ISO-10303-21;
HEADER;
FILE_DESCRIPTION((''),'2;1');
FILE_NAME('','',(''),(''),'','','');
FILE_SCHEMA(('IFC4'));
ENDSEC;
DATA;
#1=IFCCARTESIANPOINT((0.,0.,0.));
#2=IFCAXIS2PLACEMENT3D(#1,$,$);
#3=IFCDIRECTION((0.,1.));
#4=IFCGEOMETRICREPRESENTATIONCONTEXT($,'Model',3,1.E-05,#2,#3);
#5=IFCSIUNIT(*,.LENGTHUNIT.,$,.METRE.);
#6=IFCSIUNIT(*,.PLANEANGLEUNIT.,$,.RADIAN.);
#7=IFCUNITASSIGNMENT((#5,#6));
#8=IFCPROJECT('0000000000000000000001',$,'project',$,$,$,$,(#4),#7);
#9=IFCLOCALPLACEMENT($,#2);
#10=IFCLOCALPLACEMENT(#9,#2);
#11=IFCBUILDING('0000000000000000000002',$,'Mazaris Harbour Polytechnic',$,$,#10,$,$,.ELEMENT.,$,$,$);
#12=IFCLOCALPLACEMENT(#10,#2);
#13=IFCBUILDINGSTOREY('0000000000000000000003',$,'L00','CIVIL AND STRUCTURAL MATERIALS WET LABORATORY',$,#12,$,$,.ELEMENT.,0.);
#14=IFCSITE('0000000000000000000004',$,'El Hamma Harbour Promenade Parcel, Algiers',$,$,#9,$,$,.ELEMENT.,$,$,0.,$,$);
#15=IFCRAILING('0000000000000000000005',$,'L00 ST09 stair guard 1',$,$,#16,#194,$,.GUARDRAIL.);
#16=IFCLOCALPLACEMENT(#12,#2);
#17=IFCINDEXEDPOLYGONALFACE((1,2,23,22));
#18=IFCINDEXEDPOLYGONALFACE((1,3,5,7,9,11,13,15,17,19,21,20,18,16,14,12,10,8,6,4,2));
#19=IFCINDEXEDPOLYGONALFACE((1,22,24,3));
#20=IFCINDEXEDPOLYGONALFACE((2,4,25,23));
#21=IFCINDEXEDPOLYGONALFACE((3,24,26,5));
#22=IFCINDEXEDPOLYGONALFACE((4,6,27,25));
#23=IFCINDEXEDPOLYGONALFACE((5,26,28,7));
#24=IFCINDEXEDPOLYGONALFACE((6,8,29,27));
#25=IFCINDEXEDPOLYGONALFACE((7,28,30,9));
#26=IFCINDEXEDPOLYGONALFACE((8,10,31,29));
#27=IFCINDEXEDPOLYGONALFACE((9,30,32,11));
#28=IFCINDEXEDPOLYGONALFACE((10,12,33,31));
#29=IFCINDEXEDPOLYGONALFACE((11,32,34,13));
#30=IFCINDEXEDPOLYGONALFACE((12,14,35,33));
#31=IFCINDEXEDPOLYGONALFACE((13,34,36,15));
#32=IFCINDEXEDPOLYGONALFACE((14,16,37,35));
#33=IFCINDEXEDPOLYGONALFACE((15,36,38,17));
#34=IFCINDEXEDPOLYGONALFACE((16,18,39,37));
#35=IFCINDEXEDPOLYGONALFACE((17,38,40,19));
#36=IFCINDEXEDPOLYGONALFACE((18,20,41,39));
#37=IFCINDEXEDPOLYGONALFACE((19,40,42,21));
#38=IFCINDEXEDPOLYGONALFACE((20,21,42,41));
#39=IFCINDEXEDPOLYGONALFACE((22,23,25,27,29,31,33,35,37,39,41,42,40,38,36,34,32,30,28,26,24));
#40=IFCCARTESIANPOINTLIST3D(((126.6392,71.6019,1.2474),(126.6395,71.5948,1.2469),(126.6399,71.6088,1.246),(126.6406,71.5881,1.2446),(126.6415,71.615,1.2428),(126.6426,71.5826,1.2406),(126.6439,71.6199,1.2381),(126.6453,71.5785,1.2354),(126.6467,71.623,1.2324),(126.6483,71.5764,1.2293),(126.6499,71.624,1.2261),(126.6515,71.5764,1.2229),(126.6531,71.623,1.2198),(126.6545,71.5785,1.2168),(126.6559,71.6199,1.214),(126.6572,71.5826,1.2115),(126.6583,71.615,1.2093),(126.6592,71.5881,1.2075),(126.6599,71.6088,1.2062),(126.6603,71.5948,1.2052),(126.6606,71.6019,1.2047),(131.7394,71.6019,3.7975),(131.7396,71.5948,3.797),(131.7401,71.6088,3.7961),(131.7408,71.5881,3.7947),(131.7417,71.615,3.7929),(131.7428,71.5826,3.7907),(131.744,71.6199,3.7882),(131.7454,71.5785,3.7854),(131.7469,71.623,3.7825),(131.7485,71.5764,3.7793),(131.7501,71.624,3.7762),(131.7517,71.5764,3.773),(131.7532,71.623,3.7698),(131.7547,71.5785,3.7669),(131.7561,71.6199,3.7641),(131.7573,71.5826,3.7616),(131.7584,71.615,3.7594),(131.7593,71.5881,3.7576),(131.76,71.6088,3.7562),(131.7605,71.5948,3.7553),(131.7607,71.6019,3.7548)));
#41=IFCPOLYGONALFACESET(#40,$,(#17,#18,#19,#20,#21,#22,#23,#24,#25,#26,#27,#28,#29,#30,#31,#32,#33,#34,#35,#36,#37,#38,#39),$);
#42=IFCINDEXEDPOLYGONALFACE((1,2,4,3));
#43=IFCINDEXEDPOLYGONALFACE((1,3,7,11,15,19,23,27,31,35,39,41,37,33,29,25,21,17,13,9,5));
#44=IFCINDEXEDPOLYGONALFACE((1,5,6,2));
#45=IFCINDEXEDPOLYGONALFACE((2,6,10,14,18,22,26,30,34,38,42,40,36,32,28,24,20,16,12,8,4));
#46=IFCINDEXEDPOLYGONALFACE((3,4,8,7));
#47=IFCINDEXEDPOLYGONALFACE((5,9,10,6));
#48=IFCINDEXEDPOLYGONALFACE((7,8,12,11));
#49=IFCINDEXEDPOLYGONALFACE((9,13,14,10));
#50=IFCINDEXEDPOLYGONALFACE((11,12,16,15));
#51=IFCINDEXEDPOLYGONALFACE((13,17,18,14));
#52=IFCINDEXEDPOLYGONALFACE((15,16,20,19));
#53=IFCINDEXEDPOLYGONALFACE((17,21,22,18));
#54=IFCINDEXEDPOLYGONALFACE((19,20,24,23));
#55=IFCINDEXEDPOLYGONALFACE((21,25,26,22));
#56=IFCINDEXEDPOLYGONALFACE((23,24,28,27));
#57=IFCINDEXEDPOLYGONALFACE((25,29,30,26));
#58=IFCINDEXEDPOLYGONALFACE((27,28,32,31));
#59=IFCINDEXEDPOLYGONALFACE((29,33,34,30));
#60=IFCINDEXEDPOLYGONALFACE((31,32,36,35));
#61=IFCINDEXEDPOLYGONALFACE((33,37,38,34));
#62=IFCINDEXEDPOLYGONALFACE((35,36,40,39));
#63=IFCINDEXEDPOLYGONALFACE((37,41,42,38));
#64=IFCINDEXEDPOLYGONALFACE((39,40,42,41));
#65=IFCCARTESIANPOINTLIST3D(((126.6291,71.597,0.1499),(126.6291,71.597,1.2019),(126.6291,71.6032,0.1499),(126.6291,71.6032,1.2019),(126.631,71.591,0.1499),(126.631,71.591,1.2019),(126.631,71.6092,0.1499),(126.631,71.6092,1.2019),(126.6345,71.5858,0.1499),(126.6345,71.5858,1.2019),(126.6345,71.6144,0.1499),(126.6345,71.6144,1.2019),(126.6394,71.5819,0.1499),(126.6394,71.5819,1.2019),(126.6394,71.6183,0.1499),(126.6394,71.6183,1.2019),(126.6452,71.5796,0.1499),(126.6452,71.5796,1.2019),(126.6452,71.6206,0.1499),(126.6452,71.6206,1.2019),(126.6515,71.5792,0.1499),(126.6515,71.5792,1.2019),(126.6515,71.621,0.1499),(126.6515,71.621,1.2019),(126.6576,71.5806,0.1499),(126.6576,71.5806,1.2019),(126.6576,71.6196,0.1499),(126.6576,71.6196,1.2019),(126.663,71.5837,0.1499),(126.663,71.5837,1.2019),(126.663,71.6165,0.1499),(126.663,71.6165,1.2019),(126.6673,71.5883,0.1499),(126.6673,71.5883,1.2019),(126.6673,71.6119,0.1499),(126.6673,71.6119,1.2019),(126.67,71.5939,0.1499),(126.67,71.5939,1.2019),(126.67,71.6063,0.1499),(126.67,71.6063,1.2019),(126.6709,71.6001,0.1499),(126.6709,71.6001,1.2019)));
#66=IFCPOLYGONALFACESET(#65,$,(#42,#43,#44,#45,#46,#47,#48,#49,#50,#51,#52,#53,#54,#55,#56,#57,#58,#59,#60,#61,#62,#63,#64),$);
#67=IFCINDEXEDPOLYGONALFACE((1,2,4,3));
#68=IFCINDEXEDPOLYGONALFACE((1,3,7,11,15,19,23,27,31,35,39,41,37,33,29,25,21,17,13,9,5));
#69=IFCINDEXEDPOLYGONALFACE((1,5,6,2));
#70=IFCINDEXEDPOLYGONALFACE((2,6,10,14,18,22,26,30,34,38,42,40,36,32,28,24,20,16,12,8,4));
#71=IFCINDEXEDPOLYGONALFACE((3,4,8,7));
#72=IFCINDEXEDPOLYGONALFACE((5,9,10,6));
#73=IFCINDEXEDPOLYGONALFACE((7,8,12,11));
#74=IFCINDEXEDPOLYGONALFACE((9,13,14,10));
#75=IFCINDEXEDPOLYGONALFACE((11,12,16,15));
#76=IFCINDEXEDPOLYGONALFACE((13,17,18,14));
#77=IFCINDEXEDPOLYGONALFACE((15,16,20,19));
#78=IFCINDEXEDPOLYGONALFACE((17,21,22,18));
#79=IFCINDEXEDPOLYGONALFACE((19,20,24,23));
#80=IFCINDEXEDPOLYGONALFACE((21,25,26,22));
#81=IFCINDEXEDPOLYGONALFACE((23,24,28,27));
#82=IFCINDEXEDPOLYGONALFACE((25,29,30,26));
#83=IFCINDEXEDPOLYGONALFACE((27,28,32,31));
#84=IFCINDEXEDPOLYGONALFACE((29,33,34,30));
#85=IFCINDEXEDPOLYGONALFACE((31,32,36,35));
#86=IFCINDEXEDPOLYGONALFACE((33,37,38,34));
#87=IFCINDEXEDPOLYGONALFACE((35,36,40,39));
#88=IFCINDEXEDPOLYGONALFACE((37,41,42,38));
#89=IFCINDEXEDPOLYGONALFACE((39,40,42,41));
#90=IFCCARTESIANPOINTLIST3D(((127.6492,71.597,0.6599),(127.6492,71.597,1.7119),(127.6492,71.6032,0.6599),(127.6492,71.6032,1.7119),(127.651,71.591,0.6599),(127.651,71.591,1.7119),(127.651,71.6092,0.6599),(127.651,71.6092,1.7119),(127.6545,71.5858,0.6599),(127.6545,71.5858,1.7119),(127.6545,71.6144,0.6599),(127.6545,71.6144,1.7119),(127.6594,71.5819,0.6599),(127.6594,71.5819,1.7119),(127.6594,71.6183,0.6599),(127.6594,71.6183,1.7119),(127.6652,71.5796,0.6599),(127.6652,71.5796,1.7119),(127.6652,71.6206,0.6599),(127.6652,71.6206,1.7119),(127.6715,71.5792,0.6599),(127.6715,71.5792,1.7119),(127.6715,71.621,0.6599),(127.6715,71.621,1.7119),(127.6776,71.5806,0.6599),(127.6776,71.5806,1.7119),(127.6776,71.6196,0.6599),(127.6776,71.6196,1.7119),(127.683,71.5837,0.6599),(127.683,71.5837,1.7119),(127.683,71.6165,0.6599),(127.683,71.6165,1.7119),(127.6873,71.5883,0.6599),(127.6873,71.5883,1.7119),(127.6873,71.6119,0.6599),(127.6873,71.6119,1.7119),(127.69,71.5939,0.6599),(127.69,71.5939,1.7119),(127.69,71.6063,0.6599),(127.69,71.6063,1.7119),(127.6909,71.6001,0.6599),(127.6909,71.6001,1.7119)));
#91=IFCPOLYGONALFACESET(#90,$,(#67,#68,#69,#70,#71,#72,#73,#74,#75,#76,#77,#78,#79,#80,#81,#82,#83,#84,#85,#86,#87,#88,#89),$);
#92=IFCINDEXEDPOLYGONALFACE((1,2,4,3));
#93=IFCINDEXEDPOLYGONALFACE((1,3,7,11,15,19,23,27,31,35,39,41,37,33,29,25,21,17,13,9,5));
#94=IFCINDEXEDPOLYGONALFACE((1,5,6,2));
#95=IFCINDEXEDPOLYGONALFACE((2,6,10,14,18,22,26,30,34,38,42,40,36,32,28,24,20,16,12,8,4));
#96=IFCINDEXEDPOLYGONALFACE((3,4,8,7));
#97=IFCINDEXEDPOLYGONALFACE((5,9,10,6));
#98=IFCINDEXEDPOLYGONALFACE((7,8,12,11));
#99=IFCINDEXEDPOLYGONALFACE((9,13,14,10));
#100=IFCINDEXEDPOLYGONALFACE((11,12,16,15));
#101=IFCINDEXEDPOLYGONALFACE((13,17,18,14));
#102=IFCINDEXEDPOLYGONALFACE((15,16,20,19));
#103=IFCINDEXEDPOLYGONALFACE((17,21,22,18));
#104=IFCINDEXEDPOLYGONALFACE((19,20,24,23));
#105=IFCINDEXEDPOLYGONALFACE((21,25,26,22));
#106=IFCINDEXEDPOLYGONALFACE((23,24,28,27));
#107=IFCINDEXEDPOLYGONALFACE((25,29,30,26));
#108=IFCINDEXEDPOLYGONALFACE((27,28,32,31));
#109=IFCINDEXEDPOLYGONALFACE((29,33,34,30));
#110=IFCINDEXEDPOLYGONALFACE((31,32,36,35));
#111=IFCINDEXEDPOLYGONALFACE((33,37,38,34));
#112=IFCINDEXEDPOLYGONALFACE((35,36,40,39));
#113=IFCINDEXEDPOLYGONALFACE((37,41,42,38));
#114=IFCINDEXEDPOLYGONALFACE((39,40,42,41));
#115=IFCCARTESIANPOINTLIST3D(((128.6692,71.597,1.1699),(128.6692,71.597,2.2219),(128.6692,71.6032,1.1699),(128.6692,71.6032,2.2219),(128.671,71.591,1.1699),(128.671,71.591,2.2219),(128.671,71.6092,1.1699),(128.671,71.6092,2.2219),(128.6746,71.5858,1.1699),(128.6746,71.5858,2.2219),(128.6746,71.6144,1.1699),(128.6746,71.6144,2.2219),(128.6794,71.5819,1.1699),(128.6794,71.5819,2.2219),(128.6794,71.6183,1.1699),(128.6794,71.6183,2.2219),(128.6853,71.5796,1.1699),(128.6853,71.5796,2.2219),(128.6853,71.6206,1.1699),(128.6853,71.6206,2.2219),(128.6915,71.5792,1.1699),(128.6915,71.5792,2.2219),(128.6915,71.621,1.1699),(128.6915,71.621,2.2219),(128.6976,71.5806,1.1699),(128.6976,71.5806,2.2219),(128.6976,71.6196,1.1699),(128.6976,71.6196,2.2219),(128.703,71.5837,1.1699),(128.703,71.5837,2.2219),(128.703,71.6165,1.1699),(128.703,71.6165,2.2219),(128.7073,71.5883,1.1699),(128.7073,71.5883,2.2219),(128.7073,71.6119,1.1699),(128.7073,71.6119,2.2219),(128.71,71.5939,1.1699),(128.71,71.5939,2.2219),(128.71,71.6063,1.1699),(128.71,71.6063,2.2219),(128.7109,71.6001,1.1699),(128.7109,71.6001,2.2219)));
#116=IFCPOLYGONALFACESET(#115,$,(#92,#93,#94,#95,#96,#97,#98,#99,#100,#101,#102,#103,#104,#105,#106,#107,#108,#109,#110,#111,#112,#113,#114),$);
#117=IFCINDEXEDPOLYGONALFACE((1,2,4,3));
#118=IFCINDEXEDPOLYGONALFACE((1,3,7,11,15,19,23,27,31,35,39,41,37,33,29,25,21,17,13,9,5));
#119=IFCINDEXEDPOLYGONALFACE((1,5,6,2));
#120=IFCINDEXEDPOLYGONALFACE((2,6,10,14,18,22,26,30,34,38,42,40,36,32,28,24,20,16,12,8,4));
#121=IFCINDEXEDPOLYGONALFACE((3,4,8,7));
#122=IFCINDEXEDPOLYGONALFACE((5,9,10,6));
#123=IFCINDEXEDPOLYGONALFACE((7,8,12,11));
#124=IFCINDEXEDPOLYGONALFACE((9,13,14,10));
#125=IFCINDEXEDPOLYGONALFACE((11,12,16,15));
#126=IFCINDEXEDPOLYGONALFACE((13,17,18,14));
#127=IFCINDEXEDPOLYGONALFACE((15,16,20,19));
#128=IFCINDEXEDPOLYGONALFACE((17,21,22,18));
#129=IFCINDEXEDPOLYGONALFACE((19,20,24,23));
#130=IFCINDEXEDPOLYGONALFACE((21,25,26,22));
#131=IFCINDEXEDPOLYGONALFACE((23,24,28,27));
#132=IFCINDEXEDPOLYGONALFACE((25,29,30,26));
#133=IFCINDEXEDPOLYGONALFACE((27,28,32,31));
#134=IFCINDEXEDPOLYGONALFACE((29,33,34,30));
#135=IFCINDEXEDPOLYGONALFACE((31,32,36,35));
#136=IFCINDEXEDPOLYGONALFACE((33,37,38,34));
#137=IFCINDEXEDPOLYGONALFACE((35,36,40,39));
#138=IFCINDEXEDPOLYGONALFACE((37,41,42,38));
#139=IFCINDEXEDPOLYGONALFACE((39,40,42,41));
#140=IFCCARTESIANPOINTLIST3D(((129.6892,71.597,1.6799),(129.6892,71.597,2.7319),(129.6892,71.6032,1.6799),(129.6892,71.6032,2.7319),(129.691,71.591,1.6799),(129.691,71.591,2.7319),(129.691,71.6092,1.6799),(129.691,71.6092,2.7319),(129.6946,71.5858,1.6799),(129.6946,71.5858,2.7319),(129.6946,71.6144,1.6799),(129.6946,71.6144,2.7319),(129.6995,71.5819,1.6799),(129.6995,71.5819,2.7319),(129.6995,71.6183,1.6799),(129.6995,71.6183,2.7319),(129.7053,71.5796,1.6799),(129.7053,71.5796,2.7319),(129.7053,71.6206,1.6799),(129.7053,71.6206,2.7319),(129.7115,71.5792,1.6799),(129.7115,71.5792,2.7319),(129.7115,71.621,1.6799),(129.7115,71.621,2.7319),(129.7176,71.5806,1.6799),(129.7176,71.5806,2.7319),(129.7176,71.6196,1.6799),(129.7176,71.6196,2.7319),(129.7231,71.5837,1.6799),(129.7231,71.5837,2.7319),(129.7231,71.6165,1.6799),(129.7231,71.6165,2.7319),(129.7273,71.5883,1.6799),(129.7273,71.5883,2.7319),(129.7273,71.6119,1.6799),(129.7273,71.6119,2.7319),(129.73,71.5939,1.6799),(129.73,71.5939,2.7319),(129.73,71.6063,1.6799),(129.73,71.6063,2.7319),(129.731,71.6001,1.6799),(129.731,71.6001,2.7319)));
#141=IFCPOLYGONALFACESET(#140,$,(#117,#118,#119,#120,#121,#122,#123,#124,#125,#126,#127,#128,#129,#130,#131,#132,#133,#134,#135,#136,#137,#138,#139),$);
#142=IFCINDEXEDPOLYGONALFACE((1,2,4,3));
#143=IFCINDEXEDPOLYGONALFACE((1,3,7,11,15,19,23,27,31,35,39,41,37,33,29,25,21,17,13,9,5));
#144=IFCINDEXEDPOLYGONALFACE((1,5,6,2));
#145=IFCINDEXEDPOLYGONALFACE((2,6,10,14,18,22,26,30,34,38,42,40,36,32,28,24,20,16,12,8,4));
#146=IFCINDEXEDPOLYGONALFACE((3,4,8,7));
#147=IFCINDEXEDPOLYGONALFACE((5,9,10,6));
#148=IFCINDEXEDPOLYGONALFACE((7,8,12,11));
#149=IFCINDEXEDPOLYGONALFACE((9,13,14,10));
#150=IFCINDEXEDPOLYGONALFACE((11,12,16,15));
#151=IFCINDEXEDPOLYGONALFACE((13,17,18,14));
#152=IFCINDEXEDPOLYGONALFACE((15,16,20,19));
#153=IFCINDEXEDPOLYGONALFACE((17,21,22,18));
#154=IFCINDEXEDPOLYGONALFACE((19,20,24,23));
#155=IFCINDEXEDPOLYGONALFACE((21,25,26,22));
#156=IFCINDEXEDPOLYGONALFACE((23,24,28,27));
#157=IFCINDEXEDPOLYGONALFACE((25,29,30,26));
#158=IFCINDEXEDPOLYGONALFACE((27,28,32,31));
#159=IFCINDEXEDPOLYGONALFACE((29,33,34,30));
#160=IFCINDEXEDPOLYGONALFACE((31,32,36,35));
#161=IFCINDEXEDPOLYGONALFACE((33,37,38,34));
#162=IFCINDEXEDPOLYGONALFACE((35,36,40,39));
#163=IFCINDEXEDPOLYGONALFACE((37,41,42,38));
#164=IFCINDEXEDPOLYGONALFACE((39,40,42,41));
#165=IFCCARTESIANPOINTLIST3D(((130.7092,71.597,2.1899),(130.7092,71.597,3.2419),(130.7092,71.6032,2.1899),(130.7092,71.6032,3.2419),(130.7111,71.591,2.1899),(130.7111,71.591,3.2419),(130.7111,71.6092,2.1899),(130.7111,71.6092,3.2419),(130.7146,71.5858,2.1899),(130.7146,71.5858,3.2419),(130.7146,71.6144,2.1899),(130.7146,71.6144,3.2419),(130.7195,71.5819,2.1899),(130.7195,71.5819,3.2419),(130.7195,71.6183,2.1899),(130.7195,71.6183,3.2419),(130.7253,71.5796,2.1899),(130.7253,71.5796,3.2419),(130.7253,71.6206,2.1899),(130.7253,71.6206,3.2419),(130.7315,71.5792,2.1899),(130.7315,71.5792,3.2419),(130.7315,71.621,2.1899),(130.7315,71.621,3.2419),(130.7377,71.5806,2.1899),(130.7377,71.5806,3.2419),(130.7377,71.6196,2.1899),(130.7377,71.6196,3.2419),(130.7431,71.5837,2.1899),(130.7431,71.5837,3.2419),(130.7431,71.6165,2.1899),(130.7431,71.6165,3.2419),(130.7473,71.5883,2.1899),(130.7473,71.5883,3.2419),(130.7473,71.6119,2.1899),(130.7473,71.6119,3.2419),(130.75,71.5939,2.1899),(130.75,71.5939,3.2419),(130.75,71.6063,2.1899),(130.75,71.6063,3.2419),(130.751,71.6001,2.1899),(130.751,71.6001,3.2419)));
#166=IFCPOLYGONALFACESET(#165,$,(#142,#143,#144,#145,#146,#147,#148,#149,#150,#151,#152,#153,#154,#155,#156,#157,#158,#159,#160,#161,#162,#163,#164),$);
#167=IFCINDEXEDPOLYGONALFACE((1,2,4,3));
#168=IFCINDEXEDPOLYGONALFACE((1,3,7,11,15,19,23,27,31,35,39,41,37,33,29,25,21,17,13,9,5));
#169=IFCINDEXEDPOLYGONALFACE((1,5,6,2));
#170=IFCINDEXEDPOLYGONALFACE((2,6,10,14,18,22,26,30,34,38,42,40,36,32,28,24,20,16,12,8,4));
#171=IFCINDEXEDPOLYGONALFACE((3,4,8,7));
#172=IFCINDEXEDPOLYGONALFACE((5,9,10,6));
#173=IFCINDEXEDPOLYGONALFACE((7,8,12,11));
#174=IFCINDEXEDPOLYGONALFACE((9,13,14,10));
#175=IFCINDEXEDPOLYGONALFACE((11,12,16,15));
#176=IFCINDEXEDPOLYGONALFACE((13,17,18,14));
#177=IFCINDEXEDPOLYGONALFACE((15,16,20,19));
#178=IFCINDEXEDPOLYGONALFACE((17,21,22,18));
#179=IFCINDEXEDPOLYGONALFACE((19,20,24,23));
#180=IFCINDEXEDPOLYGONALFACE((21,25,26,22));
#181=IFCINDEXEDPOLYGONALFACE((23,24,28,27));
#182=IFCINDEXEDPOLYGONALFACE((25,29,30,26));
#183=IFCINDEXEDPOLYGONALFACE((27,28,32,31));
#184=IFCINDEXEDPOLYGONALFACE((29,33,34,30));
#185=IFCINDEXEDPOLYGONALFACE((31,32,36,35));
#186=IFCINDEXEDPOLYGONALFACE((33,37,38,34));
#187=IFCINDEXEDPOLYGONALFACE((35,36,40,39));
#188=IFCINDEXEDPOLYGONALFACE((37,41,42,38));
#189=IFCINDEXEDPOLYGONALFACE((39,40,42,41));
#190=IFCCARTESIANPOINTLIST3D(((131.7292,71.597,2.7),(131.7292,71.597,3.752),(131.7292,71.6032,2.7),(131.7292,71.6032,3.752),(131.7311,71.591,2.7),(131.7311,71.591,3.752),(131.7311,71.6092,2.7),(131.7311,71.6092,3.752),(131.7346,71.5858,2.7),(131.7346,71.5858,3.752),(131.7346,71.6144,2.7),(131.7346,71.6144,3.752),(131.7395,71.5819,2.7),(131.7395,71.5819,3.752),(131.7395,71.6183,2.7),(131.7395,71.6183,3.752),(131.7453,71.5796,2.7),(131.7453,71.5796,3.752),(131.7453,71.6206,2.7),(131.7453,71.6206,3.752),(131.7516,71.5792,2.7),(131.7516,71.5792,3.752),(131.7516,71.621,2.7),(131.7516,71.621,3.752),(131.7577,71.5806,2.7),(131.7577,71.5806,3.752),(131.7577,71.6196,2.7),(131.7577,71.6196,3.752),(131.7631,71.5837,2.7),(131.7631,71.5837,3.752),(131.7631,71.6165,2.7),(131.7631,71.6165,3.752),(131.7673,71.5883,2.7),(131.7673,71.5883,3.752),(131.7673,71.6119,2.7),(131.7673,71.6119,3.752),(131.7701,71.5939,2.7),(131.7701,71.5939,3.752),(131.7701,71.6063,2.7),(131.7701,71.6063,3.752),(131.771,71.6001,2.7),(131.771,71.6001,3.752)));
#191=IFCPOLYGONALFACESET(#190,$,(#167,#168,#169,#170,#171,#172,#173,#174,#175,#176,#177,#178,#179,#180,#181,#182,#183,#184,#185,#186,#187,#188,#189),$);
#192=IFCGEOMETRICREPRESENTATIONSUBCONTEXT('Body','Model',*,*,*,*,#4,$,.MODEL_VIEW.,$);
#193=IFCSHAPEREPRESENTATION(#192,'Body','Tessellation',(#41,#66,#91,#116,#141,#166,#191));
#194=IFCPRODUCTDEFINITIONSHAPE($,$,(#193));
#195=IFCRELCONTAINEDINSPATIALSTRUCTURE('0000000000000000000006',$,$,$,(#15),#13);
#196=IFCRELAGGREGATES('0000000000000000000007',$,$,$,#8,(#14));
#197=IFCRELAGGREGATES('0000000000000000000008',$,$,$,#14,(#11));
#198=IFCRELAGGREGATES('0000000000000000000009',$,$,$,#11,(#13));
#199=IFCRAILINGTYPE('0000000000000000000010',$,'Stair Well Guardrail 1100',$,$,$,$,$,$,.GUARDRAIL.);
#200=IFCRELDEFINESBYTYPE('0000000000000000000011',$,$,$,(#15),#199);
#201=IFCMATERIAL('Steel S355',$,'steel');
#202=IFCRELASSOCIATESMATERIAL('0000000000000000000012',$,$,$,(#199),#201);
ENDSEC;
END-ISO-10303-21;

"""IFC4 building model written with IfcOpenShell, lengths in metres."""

from ifc_helpers import new_model, si_unit, direction, frame, origin, origin_2d, place, context, subcontext, project, spatial, circle, extrude, material, type_object, element, save


model = new_model("IFC4")

# Units and contexts
model_context = context("Model", 3, precision=1e-05, world=origin(), true_north=direction((0.0, 1.0)))
body_context = subcontext(model_context, "Body", "Model", "MODEL_VIEW")
ifc_project = project(units=[si_unit("LENGTHUNIT", "METRE"), si_unit("PLANEANGLEUNIT", "RADIAN")], contexts=[model_context])

# Site, building, storey
site_placement = place(None, origin())
site = spatial("IfcSite", under=ifc_project, at=site_placement, Name="El Hamma Harbour Promenade Parcel, Algiers", CompositionType="ELEMENT", RefElevation=0.0)
building_placement = place(site_placement, origin())
building = spatial("IfcBuilding", under=site, at=building_placement, Name="Mazaris Harbour Polytechnic", CompositionType="ELEMENT")
storey_placement = place(building_placement, origin())
storey = spatial("IfcBuildingStorey", under=building, at=storey_placement, Name="L00", Description="CIVIL AND STRUCTURAL MATERIALS WET LABORATORY", CompositionType="ELEMENT", Elevation=0.0)

# Railing
ifc_material_1 = material(Name="Steel S355", Category="steel")
railing_type_1 = type_object("IfcRailingType", Name="Stair Well Guardrail 1100", PredefinedType="GUARDRAIL", material=ifc_material_1)
railing_1_placement = place(storey_placement, frame((126.6499, 71.6001, 0.1499)))
element("IfcRailing", 1, at=railing_1_placement, inside=storey, type_object=railing_type_1, Name="L00 ST09 stair guard 1", PredefinedType="GUARDRAIL", context=body_context, shape_type="SweptSolid", body=[
    extrude(circle(Radius=0.0239, at=origin_2d()), frame((0.0, 0.0, 1.0762), z_axis=(0.894427, 0.0, 0.447214), x_axis=(0.0, 1.0, 0.0)), (0.0, 0.0, 1.0), 5.7021),
    extrude(circle(Radius=0.021, at=origin_2d()), origin(), (0.0, 0.0, 1.0), 1.052),
    extrude(circle(Radius=0.021, at=origin_2d()), frame((1.02, 0.0, 0.51)), (0.0, 0.0, 1.0), 1.052),
    extrude(circle(Radius=0.021, at=origin_2d()), frame((2.04, 0.0, 1.02)), (0.0, 0.0, 1.0), 1.052),
    extrude(circle(Radius=0.021, at=origin_2d()), frame((3.0601, 0.0, 1.53)), (0.0, 0.0, 1.0), 1.052),
    extrude(circle(Radius=0.021, at=origin_2d()), frame((4.0801, 0.0, 2.04)), (0.0, 0.0, 1.0), 1.052),
    extrude(circle(Radius=0.021, at=origin_2d()), frame((5.1001, 0.0, 2.55)), (0.0, 0.0, 1.0), 1.052),
])

save(model, "model.ifc")
